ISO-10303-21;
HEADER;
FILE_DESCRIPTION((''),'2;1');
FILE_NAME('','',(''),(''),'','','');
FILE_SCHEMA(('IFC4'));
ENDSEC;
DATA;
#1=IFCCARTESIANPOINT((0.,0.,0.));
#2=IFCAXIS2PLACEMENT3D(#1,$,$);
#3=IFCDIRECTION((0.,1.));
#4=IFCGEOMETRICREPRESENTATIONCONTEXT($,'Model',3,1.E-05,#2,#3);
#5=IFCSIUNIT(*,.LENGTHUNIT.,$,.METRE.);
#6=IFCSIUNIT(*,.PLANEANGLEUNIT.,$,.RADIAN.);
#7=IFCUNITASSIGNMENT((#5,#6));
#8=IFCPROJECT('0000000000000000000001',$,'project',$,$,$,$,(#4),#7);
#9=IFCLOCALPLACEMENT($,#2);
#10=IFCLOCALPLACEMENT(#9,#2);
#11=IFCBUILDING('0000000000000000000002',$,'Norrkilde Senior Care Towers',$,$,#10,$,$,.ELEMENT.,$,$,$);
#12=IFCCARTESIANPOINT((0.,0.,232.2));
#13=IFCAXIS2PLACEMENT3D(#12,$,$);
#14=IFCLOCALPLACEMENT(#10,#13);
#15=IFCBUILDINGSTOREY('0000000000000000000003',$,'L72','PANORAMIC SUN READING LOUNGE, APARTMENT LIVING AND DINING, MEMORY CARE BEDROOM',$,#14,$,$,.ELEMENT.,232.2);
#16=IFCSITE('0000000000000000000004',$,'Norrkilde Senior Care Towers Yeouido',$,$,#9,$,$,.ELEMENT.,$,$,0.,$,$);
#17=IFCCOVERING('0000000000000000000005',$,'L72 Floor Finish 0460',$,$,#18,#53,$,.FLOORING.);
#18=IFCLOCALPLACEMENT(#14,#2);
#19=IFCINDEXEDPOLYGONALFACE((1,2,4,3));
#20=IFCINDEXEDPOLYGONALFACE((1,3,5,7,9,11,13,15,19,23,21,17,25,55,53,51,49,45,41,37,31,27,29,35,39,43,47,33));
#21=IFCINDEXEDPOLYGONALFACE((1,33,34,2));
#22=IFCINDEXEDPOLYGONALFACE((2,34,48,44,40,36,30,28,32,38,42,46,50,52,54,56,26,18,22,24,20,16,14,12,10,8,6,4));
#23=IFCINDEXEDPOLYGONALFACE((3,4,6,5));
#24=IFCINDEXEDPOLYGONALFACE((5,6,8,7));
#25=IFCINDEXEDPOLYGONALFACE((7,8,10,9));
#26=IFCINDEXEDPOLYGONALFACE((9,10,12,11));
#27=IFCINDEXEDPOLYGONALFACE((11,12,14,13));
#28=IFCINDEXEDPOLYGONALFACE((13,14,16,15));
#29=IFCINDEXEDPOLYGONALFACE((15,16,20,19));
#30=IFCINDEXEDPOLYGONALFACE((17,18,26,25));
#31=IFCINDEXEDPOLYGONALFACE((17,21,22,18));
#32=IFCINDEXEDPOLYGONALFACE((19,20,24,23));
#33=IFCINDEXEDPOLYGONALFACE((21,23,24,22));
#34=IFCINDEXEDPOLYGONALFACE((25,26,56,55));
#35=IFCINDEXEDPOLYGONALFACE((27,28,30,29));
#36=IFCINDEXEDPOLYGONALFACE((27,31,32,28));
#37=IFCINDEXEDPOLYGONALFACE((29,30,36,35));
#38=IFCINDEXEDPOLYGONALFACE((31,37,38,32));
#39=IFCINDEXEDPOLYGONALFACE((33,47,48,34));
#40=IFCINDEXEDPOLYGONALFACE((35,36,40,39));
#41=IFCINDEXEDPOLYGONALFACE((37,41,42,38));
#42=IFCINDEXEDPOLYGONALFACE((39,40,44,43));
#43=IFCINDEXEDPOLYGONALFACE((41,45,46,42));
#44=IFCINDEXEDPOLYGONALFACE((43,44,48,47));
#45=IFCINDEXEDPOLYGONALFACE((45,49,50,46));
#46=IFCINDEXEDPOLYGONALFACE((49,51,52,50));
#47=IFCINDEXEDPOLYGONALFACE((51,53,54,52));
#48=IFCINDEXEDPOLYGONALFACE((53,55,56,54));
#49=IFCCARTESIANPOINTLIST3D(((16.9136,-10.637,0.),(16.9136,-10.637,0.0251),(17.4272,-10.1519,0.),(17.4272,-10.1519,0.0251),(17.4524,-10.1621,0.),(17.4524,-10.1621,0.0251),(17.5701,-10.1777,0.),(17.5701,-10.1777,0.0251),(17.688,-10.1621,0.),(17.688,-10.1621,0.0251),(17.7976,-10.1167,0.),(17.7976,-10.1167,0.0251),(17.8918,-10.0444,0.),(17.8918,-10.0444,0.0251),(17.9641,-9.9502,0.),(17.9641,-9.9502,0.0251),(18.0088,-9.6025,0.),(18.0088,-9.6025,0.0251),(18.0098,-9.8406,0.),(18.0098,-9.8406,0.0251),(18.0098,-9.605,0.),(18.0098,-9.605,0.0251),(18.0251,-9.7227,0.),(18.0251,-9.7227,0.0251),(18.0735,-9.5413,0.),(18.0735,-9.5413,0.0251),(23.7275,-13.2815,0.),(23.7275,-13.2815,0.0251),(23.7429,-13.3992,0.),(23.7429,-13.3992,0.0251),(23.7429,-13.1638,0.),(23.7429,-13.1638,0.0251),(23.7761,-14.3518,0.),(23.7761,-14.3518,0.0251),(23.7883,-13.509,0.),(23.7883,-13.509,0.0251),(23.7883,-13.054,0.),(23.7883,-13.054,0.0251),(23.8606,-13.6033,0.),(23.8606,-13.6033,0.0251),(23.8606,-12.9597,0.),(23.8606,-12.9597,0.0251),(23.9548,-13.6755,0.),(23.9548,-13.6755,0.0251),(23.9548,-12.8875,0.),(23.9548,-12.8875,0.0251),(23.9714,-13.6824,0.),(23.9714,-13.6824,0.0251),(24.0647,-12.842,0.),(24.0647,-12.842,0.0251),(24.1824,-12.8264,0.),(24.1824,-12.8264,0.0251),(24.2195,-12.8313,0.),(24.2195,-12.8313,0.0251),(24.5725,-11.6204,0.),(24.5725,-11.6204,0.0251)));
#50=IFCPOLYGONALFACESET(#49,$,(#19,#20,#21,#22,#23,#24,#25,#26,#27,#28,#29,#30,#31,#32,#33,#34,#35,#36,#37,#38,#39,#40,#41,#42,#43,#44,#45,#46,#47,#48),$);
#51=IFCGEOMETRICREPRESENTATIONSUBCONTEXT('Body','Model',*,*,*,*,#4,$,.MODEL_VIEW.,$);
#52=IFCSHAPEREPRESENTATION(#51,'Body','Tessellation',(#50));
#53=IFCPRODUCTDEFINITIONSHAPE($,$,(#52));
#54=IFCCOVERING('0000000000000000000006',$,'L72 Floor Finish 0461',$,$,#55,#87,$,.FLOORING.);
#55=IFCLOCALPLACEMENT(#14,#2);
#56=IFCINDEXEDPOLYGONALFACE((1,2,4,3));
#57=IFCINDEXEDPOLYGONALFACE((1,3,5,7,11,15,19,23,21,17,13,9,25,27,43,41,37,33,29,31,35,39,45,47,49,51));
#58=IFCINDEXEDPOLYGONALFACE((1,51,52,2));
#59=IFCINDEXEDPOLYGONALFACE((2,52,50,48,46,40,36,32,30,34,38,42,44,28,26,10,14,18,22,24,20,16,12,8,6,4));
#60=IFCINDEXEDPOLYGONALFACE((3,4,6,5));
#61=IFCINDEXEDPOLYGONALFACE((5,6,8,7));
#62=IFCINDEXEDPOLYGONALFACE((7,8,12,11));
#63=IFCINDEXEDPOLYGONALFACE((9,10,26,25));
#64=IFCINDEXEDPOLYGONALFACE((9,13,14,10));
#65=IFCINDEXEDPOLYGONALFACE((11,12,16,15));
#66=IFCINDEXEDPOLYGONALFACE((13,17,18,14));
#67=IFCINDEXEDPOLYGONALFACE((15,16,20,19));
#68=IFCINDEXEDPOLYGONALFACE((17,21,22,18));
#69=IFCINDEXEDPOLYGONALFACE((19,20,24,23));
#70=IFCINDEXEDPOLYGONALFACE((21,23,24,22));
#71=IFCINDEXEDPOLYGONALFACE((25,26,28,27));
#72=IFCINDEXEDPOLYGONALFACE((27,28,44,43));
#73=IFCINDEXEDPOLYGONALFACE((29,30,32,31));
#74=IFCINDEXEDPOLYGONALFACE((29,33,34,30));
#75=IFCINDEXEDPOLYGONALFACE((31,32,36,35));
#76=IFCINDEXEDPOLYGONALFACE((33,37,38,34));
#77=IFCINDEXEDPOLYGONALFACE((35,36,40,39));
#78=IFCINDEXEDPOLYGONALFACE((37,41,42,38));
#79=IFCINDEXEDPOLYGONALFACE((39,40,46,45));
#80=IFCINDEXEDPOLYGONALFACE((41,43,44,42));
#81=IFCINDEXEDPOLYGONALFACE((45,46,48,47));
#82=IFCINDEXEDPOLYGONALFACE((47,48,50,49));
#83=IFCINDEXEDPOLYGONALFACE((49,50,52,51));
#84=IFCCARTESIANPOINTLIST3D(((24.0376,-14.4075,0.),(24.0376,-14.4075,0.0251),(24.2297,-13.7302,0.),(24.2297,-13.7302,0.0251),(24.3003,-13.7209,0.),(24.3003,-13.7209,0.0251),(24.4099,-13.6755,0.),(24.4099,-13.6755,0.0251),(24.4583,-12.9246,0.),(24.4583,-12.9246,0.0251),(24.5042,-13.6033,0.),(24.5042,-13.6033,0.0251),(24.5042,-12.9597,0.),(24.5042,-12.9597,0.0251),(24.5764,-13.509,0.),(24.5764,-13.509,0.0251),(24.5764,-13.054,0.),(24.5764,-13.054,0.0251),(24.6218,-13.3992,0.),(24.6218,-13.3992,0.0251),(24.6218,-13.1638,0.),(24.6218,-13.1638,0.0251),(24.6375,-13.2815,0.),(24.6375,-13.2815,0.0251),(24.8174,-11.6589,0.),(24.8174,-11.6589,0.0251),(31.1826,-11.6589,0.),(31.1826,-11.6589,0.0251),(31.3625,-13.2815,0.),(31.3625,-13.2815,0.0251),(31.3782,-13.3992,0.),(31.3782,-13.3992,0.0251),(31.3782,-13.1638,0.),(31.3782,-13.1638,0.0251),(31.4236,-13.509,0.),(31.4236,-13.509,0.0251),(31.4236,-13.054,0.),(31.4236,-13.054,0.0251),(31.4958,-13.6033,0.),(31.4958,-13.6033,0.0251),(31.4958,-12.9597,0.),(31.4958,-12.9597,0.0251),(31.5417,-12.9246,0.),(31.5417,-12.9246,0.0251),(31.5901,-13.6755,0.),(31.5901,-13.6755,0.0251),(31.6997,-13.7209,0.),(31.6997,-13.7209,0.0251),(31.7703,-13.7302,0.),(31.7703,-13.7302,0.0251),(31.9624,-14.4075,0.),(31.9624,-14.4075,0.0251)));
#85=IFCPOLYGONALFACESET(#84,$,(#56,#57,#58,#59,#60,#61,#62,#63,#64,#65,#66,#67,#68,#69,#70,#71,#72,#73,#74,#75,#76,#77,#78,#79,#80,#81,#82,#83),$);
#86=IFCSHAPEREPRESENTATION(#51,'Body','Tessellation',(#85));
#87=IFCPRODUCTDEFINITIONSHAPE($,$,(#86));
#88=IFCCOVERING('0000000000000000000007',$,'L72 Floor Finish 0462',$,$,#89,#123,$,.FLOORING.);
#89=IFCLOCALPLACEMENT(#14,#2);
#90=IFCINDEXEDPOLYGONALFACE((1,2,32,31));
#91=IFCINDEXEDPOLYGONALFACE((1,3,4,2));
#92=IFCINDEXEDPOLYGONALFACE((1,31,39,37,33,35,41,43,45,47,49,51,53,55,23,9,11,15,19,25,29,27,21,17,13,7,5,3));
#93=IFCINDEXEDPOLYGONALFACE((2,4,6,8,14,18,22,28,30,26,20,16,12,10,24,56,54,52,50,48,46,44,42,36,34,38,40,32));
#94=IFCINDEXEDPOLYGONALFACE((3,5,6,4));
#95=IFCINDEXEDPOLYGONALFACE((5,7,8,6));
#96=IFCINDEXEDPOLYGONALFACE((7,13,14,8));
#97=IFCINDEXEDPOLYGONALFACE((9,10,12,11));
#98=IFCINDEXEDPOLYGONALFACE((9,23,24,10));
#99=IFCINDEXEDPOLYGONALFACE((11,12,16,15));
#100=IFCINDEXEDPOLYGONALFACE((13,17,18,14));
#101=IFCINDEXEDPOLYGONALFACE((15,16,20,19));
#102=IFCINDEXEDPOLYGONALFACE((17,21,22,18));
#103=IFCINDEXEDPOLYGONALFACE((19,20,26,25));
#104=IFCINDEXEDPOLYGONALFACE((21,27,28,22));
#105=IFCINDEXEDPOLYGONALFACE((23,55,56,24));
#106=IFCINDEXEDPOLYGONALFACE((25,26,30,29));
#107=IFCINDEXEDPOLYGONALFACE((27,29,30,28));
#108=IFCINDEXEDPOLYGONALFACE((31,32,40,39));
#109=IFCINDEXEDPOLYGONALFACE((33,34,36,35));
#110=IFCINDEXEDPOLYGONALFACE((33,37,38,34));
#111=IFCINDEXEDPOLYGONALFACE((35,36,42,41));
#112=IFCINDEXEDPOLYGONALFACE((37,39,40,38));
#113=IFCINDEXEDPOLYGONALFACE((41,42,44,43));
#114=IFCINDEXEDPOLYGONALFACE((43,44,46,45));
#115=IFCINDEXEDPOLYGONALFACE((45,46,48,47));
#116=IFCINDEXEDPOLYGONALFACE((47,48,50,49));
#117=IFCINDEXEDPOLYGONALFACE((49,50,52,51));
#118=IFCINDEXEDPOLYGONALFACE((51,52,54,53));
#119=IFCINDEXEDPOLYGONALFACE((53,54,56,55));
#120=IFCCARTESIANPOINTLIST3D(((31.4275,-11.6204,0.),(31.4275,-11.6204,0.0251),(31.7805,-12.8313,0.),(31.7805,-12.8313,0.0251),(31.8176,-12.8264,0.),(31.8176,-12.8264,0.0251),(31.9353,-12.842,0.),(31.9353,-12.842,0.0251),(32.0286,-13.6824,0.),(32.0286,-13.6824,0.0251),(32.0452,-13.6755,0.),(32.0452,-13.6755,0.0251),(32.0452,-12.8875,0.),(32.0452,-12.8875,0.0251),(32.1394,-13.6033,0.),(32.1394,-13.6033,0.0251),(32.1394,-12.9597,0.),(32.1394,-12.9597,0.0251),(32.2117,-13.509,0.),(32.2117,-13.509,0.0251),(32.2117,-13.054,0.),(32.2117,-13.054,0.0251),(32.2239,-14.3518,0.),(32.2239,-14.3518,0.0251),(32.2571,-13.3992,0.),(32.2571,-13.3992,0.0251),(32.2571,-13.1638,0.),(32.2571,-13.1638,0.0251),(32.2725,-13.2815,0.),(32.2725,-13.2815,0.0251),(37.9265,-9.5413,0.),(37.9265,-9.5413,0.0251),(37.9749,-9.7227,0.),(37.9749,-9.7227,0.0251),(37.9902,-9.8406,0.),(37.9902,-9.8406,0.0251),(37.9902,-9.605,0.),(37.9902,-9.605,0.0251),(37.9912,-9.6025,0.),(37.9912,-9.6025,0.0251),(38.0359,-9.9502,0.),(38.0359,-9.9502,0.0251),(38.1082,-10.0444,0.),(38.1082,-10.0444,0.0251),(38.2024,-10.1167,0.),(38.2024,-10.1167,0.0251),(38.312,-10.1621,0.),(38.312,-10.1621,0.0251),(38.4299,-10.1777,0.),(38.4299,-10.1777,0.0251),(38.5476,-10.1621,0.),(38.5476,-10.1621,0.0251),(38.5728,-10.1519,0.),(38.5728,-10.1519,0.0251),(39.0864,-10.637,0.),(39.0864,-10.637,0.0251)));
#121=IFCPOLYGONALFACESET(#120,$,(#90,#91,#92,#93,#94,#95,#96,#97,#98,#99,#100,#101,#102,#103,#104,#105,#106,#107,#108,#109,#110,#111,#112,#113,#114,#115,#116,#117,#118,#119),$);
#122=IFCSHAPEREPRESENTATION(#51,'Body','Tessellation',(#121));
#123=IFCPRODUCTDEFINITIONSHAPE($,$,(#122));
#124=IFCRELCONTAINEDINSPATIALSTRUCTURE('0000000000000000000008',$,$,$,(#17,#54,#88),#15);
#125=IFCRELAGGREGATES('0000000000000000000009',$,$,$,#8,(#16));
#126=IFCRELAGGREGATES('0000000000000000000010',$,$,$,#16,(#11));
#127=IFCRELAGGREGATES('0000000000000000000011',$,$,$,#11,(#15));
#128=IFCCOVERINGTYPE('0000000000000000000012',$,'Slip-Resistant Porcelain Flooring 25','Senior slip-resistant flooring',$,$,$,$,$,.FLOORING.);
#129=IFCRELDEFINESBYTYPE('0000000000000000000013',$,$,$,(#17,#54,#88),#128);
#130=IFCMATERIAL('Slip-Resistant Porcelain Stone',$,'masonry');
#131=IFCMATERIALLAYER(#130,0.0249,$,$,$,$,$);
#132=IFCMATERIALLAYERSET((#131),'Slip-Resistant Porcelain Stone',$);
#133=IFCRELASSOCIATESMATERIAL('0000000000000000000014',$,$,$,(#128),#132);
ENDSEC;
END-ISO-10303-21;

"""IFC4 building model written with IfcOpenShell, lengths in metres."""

from ifc_helpers import new_model, si_unit, direction, frame, origin, place, context, subcontext, project, spatial, polyline, outline, extrude, material, layer, layer_set, type_object, element, save


model = new_model("IFC4")

# Units and contexts
model_context = context("Model", 3, precision=1e-05, world=origin(), true_north=direction((0.0, 1.0)))
body_context = subcontext(model_context, "Body", "Model", "MODEL_VIEW")
ifc_project = project(units=[si_unit("LENGTHUNIT", "METRE"), si_unit("PLANEANGLEUNIT", "RADIAN")], contexts=[model_context])

# Site, building, storey
site_placement = place(None, origin())
site = spatial("IfcSite", under=ifc_project, at=site_placement, Name="Norrkilde Senior Care Towers Yeouido", CompositionType="ELEMENT", RefElevation=0.0)
building_placement = place(site_placement, origin())
building = spatial("IfcBuilding", under=site, at=building_placement, Name="Norrkilde Senior Care Towers", CompositionType="ELEMENT")
storey_placement = place(building_placement, frame((0.0, 0.0, 232.2)))
storey = spatial("IfcBuildingStorey", under=building, at=storey_placement, Name="L72", Description="PANORAMIC SUN READING LOUNGE, APARTMENT LIVING AND DINING, MEMORY CARE BEDROOM", CompositionType="ELEMENT", Elevation=232.2)

# Coverings
ifc_material_1 = material(Name="Slip-Resistant Porcelain Stone", Category="masonry")
ifc_layer_1 = layer(ifc_material_1, 0.0249)
ifc_layer_set_1 = layer_set([ifc_layer_1], Name="Slip-Resistant Porcelain Stone")
covering_type_1 = type_object("IfcCoveringType", Name="Slip-Resistant Porcelain Flooring 25", Description="Senior slip-resistant flooring", PredefinedType="FLOORING", material=ifc_layer_set_1)
covering_1_placement = place(storey_placement, origin())
element("IfcCovering", 1, at=covering_1_placement, inside=storey, type_object=covering_type_1, Name="L72 Floor Finish 0460", PredefinedType="FLOORING", context=body_context, shape_type="SweptSolid", body=[
    extrude(outline(polyline([(17.4524, -10.1621), (17.5701, -10.1777), (17.688, -10.1621), (17.7976, -10.1167), (17.8918, -10.0444), (17.9641, -9.9502), (18.0098, -9.8406), (18.0251, -9.7227), (18.0098, -9.605), (18.0088, -9.6025), (18.0735, -9.5413), (24.5725, -11.6204), (24.2195, -12.8313), (24.1824, -12.8264), (24.0647, -12.842), (23.9548, -12.8875), (23.8606, -12.9597), (23.7883, -13.054), (23.7429, -13.1638), (23.7275, -13.2815), (23.7429, -13.3992), (23.7883, -13.509), (23.8606, -13.6033), (23.9548, -13.6755), (23.9714, -13.6824), (23.7761, -14.3518), (16.9136, -10.637), (17.4272, -10.1519), (17.4524, -10.1621)])), origin(), (0.0, 0.0, 1.0), 0.0251),
])
covering_2_placement = place(storey_placement, origin())
element("IfcCovering", 2, at=covering_2_placement, inside=storey, type_object=covering_type_1, Name="L72 Floor Finish 0461", PredefinedType="FLOORING", context=body_context, shape_type="SweptSolid", body=[
    extrude(outline(polyline([(24.2297, -13.7302), (24.3003, -13.7209), (24.4099, -13.6755), (24.5042, -13.6033), (24.5764, -13.509), (24.6218, -13.3992), (24.6375, -13.2815), (24.6218, -13.1638), (24.5764, -13.054), (24.5042, -12.9597), (24.4583, -12.9246), (24.8174, -11.6589), (31.1826, -11.6589), (31.5417, -12.9246), (31.4958, -12.9597), (31.4236, -13.054), (31.3782, -13.1638), (31.3625, -13.2815), (31.3782, -13.3992), (31.4236, -13.509), (31.4958, -13.6033), (31.5901, -13.6755), (31.6997, -13.7209), (31.7703, -13.7302), (31.9624, -14.4075), (24.0376, -14.4075), (24.2297, -13.7302)])), origin(), (0.0, 0.0, 1.0), 0.0251),
])
covering_3_placement = place(storey_placement, origin())
element("IfcCovering", 3, at=covering_3_placement, inside=storey, type_object=covering_type_1, Name="L72 Floor Finish 0462", PredefinedType="FLOORING", context=body_context, shape_type="SweptSolid", body=[
    extrude(outline(polyline([(32.2239, -14.3518), (32.0286, -13.6824), (32.0452, -13.6755), (32.1394, -13.6033), (32.2117, -13.509), (32.2571, -13.3992), (32.2725, -13.2815), (32.2571, -13.1638), (32.2117, -13.054), (32.1394, -12.9597), (32.0452, -12.8875), (31.9353, -12.842), (31.8176, -12.8264), (31.7805, -12.8313), (31.4275, -11.6204), (37.9265, -9.5413), (37.9912, -9.6025), (37.9902, -9.605), (37.9749, -9.7227), (37.9902, -9.8406), (38.0359, -9.9502), (38.1082, -10.0444), (38.2024, -10.1167), (38.312, -10.1621), (38.4299, -10.1777), (38.5476, -10.1621), (38.5728, -10.1519), (39.0864, -10.637), (32.2239, -14.3518)])), origin(), (0.0, 0.0, 1.0), 0.0251),
])

save(model, "model.ifc")
